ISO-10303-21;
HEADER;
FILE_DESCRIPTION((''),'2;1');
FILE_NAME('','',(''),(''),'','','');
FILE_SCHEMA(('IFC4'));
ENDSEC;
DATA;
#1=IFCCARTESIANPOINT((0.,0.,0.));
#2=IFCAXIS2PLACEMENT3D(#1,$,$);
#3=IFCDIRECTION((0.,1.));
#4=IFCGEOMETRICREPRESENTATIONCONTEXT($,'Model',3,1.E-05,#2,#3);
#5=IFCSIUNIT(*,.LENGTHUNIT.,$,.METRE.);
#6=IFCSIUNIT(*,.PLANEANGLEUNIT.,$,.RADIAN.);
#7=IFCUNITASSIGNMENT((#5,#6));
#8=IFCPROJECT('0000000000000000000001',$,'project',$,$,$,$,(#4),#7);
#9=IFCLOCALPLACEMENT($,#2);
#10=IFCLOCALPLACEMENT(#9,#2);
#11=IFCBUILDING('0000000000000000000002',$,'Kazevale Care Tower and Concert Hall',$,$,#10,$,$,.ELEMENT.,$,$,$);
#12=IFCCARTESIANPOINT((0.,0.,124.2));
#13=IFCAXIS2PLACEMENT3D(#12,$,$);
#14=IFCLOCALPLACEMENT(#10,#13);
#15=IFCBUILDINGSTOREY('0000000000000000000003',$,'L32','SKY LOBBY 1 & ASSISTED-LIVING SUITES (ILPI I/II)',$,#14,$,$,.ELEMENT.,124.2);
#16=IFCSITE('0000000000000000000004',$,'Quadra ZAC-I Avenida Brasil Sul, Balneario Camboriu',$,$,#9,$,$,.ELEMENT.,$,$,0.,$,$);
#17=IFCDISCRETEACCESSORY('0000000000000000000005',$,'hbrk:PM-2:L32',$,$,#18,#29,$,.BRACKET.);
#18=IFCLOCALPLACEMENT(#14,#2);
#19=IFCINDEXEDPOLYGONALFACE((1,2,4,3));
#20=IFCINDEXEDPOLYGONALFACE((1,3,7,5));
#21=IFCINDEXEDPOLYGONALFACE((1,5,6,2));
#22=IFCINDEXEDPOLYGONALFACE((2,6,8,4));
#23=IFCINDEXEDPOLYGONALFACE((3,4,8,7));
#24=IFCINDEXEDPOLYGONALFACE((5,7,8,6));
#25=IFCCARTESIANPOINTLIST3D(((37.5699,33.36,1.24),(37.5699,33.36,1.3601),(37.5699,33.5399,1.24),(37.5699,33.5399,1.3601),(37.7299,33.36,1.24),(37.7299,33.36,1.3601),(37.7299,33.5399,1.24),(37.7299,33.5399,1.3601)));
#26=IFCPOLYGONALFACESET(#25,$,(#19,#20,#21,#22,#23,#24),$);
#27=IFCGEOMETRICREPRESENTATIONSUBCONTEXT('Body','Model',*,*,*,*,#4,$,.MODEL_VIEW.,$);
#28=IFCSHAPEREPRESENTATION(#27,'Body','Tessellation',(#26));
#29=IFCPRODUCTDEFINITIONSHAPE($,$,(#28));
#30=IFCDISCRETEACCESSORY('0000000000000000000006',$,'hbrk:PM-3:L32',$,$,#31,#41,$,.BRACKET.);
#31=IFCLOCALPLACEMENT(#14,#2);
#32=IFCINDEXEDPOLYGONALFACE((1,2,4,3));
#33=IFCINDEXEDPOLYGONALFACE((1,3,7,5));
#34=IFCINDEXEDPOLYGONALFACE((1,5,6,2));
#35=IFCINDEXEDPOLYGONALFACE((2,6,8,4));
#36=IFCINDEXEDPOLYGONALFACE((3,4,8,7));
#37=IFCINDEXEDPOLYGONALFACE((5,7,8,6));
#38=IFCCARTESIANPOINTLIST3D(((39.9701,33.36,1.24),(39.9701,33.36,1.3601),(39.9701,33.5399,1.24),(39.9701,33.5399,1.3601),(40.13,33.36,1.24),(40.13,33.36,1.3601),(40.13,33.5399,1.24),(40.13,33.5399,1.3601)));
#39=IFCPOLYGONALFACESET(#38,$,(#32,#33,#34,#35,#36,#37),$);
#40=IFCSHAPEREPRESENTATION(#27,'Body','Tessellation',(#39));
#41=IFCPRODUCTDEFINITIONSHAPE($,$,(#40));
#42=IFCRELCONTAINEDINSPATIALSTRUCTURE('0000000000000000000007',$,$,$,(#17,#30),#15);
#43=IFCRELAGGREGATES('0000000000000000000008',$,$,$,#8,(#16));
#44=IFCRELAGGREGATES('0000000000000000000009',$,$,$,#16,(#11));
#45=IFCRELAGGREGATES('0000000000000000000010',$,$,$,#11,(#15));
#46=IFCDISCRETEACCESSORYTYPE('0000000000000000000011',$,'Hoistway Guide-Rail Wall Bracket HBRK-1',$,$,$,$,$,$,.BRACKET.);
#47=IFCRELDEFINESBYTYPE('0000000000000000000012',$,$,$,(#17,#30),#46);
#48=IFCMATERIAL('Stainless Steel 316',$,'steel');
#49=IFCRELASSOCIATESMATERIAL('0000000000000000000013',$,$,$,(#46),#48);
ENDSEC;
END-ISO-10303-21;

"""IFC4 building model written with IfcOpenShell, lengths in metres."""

from ifc_helpers import new_model, si_unit, direction, frame, origin, origin_2d, place, context, subcontext, project, spatial, rectangle, extrude, material, type_object, element, save


model = new_model("IFC4")

# Units and contexts
model_context = context("Model", 3, precision=1e-05, world=origin(), true_north=direction((0.0, 1.0)))
body_context = subcontext(model_context, "Body", "Model", "MODEL_VIEW")
ifc_project = project(units=[si_unit("LENGTHUNIT", "METRE"), si_unit("PLANEANGLEUNIT", "RADIAN")], contexts=[model_context])

# Site, building, storey
site_placement = place(None, origin())
site = spatial("IfcSite", under=ifc_project, at=site_placement, Name="Quadra ZAC-I Avenida Brasil Sul, Balneario Camboriu", CompositionType="ELEMENT", RefElevation=0.0)
building_placement = place(site_placement, origin())
building = spatial("IfcBuilding", under=site, at=building_placement, Name="Kazevale Care Tower and Concert Hall", CompositionType="ELEMENT")
storey_placement = place(building_placement, frame((0.0, 0.0, 124.2)))
storey = spatial("IfcBuildingStorey", under=building, at=storey_placement, Name="L32", Description="SKY LOBBY 1 & ASSISTED-LIVING SUITES (ILPI I/II)", CompositionType="ELEMENT", Elevation=124.2)

# Shared definitions
ifc_material_1 = material(Name="Stainless Steel 316", Category="steel")

# Discrete accessories
discrete_accessory_type = type_object("IfcDiscreteAccessoryType", Name="Hoistway Guide-Rail Wall Bracket HBRK-1", PredefinedType="BRACKET", material=ifc_material_1)
for number, where, z_axis, x_axis, name in (
    (1, (37.6499, 33.45, 1.24), (0.0, 0.0, 1.0), (1.0, 0.0, 0.0), "hbrk:PM-2:L32"),
    (2, (40.05, 33.45, 1.24), (0.0, 0.0, 1.0), (1.0, 0.0, 0.0), "hbrk:PM-3:L32"),
):
    element("IfcDiscreteAccessory", number, at=place(storey_placement, frame(where, z_axis=z_axis, x_axis=x_axis)), inside=storey, type_object=discrete_accessory_type, Name=name, PredefinedType="BRACKET", context=body_context, shape_type="SweptSolid", body=[
        extrude(rectangle(XDim=0.1599, YDim=0.1799, at=origin_2d()), origin(), (0.0, 0.0, 1.0), 0.1201),
    ])

save(model, "model.ifc")
